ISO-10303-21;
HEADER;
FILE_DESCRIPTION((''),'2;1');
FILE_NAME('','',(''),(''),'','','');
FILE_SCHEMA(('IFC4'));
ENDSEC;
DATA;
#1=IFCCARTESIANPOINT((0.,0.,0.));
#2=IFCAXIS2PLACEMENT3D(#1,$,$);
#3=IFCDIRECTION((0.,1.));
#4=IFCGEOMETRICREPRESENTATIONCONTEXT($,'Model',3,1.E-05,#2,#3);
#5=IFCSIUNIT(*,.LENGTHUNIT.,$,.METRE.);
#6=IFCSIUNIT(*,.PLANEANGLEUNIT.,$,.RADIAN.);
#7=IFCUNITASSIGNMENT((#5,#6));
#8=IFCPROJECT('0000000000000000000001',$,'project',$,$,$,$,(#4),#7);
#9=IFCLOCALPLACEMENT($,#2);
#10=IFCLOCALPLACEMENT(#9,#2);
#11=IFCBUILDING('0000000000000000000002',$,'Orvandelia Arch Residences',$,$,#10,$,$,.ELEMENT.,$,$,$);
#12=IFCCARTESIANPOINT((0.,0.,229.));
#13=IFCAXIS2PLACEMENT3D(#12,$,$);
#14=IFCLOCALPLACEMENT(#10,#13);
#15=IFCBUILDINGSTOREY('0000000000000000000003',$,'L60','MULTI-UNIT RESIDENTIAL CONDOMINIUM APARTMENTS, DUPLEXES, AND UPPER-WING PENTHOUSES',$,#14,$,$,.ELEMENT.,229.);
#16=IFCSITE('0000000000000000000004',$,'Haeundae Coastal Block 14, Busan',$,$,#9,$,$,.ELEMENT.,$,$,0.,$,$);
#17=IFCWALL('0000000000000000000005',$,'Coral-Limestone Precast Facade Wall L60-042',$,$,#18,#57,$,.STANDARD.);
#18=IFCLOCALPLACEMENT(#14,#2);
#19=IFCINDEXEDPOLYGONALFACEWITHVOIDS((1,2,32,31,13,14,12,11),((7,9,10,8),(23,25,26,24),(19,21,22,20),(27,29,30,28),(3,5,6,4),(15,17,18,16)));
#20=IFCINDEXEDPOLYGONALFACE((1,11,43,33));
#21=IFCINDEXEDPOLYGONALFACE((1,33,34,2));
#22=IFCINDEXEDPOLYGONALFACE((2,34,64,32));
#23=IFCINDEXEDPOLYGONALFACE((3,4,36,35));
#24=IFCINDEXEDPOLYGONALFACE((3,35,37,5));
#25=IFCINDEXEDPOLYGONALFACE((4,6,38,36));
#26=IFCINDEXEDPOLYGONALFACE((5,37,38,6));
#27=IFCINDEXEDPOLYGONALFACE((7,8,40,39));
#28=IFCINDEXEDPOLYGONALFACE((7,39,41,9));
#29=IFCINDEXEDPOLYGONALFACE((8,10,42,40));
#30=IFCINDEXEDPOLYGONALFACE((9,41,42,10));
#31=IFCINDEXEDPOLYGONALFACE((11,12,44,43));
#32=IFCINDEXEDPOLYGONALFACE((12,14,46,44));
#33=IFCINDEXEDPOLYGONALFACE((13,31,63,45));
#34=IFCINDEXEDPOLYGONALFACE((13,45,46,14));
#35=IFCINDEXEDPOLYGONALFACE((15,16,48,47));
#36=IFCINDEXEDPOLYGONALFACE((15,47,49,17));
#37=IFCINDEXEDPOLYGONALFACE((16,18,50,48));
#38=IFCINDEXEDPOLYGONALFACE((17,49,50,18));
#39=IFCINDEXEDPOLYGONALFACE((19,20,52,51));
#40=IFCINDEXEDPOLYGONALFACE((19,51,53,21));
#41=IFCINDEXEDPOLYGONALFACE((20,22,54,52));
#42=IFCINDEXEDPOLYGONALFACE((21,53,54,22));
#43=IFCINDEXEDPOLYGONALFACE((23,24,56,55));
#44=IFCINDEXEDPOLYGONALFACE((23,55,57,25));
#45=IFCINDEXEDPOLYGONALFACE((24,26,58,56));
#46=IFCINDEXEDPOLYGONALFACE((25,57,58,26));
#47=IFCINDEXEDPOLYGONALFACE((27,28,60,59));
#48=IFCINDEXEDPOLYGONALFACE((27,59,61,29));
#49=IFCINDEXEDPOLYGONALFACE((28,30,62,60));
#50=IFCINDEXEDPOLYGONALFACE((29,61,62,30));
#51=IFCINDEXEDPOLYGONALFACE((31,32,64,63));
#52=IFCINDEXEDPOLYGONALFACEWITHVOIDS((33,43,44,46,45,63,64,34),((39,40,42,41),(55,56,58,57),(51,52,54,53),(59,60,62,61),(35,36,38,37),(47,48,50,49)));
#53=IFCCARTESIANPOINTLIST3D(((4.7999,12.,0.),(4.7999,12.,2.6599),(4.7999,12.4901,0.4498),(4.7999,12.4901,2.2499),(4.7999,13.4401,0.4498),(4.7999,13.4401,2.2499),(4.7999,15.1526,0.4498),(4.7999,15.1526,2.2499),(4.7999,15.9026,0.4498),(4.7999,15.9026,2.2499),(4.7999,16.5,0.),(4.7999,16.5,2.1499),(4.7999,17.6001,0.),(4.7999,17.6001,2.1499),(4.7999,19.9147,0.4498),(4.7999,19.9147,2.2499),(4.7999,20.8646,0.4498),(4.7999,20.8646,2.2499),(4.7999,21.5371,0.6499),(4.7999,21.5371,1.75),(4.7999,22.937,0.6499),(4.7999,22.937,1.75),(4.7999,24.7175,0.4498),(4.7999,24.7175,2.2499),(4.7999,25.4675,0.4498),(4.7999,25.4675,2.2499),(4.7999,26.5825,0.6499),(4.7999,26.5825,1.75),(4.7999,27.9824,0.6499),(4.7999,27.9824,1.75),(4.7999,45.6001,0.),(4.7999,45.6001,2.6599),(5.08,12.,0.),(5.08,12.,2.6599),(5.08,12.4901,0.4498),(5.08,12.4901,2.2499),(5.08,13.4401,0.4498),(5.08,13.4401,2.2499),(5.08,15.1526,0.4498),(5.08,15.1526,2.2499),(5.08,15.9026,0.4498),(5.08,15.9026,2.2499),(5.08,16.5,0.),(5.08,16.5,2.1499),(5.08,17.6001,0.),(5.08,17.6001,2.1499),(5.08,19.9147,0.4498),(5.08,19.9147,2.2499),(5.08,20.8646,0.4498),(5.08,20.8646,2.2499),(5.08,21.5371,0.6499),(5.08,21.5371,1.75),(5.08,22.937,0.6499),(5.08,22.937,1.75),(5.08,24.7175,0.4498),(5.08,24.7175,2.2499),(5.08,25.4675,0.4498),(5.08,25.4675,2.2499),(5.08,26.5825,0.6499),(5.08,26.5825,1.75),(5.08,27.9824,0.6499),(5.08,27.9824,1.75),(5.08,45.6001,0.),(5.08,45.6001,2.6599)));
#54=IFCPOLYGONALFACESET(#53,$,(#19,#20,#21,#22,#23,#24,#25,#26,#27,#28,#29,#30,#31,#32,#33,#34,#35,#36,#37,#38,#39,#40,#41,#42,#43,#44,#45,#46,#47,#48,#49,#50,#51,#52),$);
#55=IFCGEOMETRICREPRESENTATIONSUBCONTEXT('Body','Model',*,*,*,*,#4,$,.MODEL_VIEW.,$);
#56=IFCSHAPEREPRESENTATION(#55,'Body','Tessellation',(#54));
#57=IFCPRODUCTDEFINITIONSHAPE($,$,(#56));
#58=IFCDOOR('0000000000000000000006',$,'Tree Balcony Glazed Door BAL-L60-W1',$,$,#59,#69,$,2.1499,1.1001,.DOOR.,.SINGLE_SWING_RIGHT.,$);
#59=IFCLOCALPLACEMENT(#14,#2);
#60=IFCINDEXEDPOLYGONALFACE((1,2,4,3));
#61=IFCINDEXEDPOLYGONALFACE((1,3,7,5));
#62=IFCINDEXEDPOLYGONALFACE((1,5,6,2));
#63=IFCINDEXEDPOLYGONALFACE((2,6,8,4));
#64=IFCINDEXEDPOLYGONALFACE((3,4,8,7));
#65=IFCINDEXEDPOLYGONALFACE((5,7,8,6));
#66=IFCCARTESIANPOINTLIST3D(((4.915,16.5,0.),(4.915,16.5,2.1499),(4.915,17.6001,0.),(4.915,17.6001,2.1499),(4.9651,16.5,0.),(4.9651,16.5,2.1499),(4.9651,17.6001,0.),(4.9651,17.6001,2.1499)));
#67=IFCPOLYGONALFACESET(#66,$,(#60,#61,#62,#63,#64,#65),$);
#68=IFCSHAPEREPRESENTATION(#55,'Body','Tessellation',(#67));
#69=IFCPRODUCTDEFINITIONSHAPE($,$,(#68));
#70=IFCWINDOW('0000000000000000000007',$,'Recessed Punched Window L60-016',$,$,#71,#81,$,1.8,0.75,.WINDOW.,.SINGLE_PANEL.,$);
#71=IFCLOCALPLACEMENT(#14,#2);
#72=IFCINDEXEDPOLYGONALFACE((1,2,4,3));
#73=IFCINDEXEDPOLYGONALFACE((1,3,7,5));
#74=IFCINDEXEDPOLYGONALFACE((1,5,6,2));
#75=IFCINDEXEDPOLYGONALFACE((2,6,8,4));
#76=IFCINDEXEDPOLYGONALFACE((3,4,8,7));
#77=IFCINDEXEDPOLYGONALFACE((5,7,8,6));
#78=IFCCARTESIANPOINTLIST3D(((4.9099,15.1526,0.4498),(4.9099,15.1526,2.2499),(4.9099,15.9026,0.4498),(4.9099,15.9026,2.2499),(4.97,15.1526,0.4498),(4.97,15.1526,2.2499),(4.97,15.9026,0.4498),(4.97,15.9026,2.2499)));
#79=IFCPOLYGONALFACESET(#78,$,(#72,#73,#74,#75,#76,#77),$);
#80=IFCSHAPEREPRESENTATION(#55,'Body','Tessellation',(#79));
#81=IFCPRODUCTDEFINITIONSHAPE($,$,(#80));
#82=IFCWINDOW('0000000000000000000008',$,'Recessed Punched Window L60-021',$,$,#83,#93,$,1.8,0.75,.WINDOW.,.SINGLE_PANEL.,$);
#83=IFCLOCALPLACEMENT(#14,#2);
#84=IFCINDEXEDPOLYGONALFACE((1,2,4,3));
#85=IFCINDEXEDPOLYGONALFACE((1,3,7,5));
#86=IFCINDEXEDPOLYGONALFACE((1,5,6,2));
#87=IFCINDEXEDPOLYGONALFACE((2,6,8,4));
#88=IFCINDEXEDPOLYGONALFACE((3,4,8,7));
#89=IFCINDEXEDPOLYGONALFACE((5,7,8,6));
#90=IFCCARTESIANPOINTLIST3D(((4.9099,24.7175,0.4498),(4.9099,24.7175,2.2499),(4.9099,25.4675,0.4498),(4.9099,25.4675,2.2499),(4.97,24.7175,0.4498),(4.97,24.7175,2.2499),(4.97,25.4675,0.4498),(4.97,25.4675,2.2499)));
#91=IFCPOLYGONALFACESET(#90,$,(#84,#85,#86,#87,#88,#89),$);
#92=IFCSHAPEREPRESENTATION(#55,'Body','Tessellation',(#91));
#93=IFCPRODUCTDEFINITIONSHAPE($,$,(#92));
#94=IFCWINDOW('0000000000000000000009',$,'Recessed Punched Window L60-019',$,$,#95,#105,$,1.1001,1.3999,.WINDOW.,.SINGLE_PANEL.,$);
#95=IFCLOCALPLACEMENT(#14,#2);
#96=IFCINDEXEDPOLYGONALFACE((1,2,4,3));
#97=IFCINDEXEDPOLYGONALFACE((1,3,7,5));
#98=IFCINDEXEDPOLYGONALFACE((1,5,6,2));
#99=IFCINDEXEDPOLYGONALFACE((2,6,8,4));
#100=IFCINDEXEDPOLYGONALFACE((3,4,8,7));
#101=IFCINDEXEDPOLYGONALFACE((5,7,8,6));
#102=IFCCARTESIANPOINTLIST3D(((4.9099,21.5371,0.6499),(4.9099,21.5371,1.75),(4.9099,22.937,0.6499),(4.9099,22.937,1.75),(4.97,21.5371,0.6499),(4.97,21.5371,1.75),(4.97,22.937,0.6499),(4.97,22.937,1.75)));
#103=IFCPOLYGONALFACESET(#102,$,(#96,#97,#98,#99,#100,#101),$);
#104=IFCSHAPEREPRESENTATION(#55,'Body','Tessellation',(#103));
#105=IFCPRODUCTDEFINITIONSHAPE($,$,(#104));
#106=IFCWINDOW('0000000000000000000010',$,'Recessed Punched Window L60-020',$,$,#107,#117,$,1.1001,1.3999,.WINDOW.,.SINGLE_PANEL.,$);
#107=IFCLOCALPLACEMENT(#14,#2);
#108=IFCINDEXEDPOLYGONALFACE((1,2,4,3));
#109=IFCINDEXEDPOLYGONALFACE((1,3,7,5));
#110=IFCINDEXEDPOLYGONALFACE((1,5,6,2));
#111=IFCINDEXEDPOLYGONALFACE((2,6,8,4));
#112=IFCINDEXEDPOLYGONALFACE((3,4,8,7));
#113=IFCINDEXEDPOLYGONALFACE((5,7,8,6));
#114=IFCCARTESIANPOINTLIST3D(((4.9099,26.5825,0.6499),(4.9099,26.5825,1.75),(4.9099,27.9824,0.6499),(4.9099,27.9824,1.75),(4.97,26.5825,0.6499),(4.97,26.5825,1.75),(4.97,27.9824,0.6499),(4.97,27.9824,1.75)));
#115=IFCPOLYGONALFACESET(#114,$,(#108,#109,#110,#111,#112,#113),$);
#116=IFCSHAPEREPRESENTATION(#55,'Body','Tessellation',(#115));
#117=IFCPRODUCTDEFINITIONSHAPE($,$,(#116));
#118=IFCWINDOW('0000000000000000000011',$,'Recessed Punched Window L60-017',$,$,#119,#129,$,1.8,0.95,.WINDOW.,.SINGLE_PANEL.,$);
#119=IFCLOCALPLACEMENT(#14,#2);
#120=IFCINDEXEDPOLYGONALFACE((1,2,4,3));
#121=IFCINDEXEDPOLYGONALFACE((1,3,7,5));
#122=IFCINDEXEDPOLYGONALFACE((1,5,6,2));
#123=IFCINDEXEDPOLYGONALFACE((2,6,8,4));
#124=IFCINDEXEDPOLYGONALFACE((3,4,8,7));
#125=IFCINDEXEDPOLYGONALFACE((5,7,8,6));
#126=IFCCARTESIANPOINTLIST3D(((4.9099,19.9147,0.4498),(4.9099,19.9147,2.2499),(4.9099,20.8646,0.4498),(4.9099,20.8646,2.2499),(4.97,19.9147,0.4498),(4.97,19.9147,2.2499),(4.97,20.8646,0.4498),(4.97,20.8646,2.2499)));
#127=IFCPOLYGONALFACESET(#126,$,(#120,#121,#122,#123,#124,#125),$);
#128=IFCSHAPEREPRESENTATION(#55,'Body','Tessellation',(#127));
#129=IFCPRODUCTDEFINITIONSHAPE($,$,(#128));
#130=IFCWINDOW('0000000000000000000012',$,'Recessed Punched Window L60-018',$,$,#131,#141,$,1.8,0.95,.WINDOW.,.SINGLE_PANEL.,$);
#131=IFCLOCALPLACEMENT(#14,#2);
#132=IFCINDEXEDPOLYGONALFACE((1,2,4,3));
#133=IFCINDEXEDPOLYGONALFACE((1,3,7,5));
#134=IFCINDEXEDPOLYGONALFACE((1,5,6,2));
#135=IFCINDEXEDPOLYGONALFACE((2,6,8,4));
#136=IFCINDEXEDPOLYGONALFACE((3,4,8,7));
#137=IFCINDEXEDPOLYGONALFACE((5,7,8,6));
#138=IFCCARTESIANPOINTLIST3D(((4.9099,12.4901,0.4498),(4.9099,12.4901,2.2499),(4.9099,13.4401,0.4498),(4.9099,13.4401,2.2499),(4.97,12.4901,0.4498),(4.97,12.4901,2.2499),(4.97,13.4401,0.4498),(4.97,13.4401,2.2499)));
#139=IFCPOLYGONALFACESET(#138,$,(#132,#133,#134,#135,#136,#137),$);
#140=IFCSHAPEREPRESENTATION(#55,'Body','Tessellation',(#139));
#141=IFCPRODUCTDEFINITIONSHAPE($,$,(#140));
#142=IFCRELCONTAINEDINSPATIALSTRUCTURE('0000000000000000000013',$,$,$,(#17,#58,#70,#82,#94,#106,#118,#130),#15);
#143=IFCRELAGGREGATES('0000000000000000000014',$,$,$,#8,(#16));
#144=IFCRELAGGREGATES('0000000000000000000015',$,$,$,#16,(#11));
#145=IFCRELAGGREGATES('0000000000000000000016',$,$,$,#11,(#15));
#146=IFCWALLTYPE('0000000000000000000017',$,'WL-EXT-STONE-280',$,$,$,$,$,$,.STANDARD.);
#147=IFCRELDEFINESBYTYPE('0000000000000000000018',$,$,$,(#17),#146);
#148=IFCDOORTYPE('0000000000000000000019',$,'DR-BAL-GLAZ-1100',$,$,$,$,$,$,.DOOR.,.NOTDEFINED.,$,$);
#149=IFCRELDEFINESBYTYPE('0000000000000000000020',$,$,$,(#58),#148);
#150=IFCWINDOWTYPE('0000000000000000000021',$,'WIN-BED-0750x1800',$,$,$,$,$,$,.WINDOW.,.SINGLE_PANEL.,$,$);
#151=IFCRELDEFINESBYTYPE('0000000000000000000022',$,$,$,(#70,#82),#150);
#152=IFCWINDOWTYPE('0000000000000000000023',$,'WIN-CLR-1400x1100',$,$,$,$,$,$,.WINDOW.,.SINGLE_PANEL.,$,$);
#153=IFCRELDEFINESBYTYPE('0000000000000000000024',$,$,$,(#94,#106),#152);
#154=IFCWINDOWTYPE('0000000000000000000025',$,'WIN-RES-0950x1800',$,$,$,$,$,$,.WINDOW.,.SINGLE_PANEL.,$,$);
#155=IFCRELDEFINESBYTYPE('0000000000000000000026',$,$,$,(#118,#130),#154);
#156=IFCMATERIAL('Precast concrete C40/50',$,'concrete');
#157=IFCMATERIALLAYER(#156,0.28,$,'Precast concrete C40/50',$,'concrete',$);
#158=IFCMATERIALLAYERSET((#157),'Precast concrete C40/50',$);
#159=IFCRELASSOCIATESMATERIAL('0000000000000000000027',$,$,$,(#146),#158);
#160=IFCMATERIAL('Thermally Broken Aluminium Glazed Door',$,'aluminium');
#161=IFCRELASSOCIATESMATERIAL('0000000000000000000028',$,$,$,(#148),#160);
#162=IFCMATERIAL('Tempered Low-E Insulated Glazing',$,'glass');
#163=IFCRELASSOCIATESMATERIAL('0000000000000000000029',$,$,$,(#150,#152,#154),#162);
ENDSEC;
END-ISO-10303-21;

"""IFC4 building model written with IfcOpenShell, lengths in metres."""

from ifc_helpers import new_model, si_unit, direction, frame, frame_2d, origin, place, context, subcontext, project, spatial, rectangle, extrude, material, layer, layer_set, type_object, element, fill, save


model = new_model("IFC4")

# Units and contexts
model_context = context("Model", 3, precision=1e-05, world=origin(), true_north=direction((0.0, 1.0)))
body_context = subcontext(model_context, "Body", "Model", "MODEL_VIEW")
ifc_project = project(units=[si_unit("LENGTHUNIT", "METRE"), si_unit("PLANEANGLEUNIT", "RADIAN")], contexts=[model_context])

# Site, building, storey
site_placement = place(None, origin())
site = spatial("IfcSite", under=ifc_project, at=site_placement, Name="Haeundae Coastal Block 14, Busan", CompositionType="ELEMENT", RefElevation=0.0)
building_placement = place(site_placement, origin())
building = spatial("IfcBuilding", under=site, at=building_placement, Name="Orvandelia Arch Residences", CompositionType="ELEMENT")
storey_placement = place(building_placement, frame((0.0, 0.0, 229.0)))
storey = spatial("IfcBuildingStorey", under=building, at=storey_placement, Name="L60", Description="MULTI-UNIT RESIDENTIAL CONDOMINIUM APARTMENTS, DUPLEXES, AND UPPER-WING PENTHOUSES", CompositionType="ELEMENT", Elevation=229.0)

# Shared definitions
ifc_material_1 = material(Name="Precast concrete C40/50", Category="concrete")

# Shared definitions
ifc_layer_1 = layer(ifc_material_1, 0.28, Name="Precast concrete C40/50", Category="concrete")
ifc_layer_set_1 = layer_set([ifc_layer_1], Name="Precast concrete C40/50")
wall_type_1 = type_object("IfcWallType", Name="WL-EXT-STONE-280", PredefinedType="STANDARD", material=ifc_layer_set_1)

# Wall, openings, door, windows
wall_1_placement = place(storey_placement, frame((4.9399, 12.0, 0.0), z_axis=(0.0, 0.0, 1.0), x_axis=(0.0, 1.0, 0.0)))
wall_1 = element("IfcWall", 1, at=wall_1_placement, inside=storey, type_object=wall_type_1, Name="Coral-Limestone Precast Facade Wall L60-042", PredefinedType="STANDARD", context=body_context, shape_type="SweptSolid", body=[
    extrude(rectangle(XDim=33.6001, YDim=0.28, at=frame_2d((16.8, 0.0))), origin(), (0.0, 0.0, 1.0), 2.6599),
])
opening_1_placement = place(wall_1_placement, frame((4.5, 0.0, 0.0)))
opening_1 = element("IfcOpeningElement", 2, at=opening_1_placement, cuts=wall_1, PredefinedType="OPENING", context=body_context, shape_type="SweptSolid", body=[
    extrude(rectangle(XDim=1.1001, YDim=2.1499, at=frame_2d((0.55, 1.075))), frame((0.0, 0.1499, 0.0), z_axis=(0.0, -1.0, 0.0), x_axis=(1.0, 0.0, 0.0)), (0.0, 0.0, 1.0), 0.3),
])
opening_2_placement = place(wall_1_placement, frame((3.1526, 0.0, 0.45)))
opening_2 = element("IfcOpeningElement", 3, at=opening_2_placement, cuts=wall_1, PredefinedType="OPENING", context=body_context, shape_type="SweptSolid", body=[
    extrude(rectangle(XDim=0.75, YDim=1.8, at=frame_2d((0.375, 0.8999))), frame((0.0, 0.1499, 0.0), z_axis=(0.0, -1.0, 0.0), x_axis=(1.0, 0.0, 0.0)), (0.0, 0.0, 1.0), 0.3),
])
opening_3_placement = place(wall_1_placement, frame((7.9146, 0.0, 0.45)))
opening_3 = element("IfcOpeningElement", 4, at=opening_3_placement, cuts=wall_1, PredefinedType="OPENING", context=body_context, shape_type="SweptSolid", body=[
    extrude(rectangle(XDim=0.95, YDim=1.8, at=frame_2d((0.4751, 0.8999))), frame((0.0, 0.1499, 0.0), z_axis=(0.0, -1.0, 0.0), x_axis=(1.0, 0.0, 0.0)), (0.0, 0.0, 1.0), 0.3),
])
opening_4_placement = place(wall_1_placement, frame((0.49, 0.0, 0.45)))
opening_4 = element("IfcOpeningElement", 5, at=opening_4_placement, cuts=wall_1, PredefinedType="OPENING", context=body_context, shape_type="SweptSolid", body=[
    extrude(rectangle(XDim=0.95, YDim=1.8, at=frame_2d((0.4751, 0.8999))), frame((0.0, 0.1499, 0.0), z_axis=(0.0, -1.0, 0.0), x_axis=(1.0, 0.0, 0.0)), (0.0, 0.0, 1.0), 0.3),
])
opening_5_placement = place(wall_1_placement, frame((9.5371, 0.0, 0.6499)))
opening_5 = element("IfcOpeningElement", 6, at=opening_5_placement, cuts=wall_1, PredefinedType="OPENING", context=body_context, shape_type="SweptSolid", body=[
    extrude(rectangle(XDim=1.3999, YDim=1.1001, at=frame_2d((0.7, 0.55))), frame((0.0, 0.1499, 0.0), z_axis=(0.0, -1.0, 0.0), x_axis=(1.0, 0.0, 0.0)), (0.0, 0.0, 1.0), 0.3),
])
opening_6_placement = place(wall_1_placement, frame((14.5825, 0.0, 0.6499)))
opening_6 = element("IfcOpeningElement", 7, at=opening_6_placement, cuts=wall_1, PredefinedType="OPENING", context=body_context, shape_type="SweptSolid", body=[
    extrude(rectangle(XDim=1.3999, YDim=1.1001, at=frame_2d((0.7, 0.55))), frame((0.0, 0.1499, 0.0), z_axis=(0.0, -1.0, 0.0), x_axis=(1.0, 0.0, 0.0)), (0.0, 0.0, 1.0), 0.3),
])
opening_7_placement = place(wall_1_placement, frame((12.7175, 0.0, 0.45)))
opening_7 = element("IfcOpeningElement", 8, at=opening_7_placement, cuts=wall_1, PredefinedType="OPENING", context=body_context, shape_type="SweptSolid", body=[
    extrude(rectangle(XDim=0.75, YDim=1.8, at=frame_2d((0.375, 0.8999))), frame((0.0, 0.1499, 0.0), z_axis=(0.0, -1.0, 0.0), x_axis=(1.0, 0.0, 0.0)), (0.0, 0.0, 1.0), 0.3),
])
ifc_material_2 = material(Name="Thermally Broken Aluminium Glazed Door", Category="aluminium")
door_type_1 = type_object("IfcDoorType", Name="DR-BAL-GLAZ-1100", OperationType="NOTDEFINED", PredefinedType="DOOR", material=ifc_material_2)
door_1_placement = place(opening_1_placement, origin())
door_1 = element("IfcDoor", 9, at=door_1_placement, inside=storey, type_object=door_type_1, Name="Tree Balcony Glazed Door BAL-L60-W1", OperationType="SINGLE_SWING_RIGHT", OverallHeight=2.1499, OverallWidth=1.1001, PredefinedType="DOOR", context=body_context, shape_type="SweptSolid", body=[
    extrude(rectangle(XDim=1.1001, YDim=2.1499, at=frame_2d((0.55, 1.075))), frame((0.0, 0.0249, 0.0), z_axis=(0.0, -1.0, 0.0), x_axis=(1.0, 0.0, 0.0)), (0.0, 0.0, 1.0), 0.05),
])
fill(opening_1, door_1)
ifc_material_3 = material(Name="Tempered Low-E Insulated Glazing", Category="glass")
window_type_1 = type_object("IfcWindowType", Name="WIN-BED-0750x1800", PartitioningType="SINGLE_PANEL", PredefinedType="WINDOW", material=ifc_material_3)
window_1_placement = place(opening_2_placement, origin())
window_1 = element("IfcWindow", 10, at=window_1_placement, inside=storey, type_object=window_type_1, Name="Recessed Punched Window L60-016", OverallHeight=1.8, OverallWidth=0.75, PartitioningType="SINGLE_PANEL", PredefinedType="WINDOW", context=body_context, shape_type="SweptSolid", body=[
    extrude(rectangle(XDim=0.75, YDim=1.8, at=frame_2d((0.375, 0.8999))), frame((0.0, 0.03, 0.0), z_axis=(0.0, -1.0, 0.0), x_axis=(1.0, 0.0, 0.0)), (0.0, 0.0, 1.0), 0.0601),
])
fill(opening_2, window_1)
window_2_placement = place(opening_7_placement, origin())
window_2 = element("IfcWindow", 11, at=window_2_placement, inside=storey, type_object=window_type_1, Name="Recessed Punched Window L60-021", OverallHeight=1.8, OverallWidth=0.75, PartitioningType="SINGLE_PANEL", PredefinedType="WINDOW", context=body_context, shape_type="SweptSolid", body=[
    extrude(rectangle(XDim=0.75, YDim=1.8, at=frame_2d((0.375, 0.8999))), frame((0.0, 0.03, 0.0), z_axis=(0.0, -1.0, 0.0), x_axis=(1.0, 0.0, 0.0)), (0.0, 0.0, 1.0), 0.0601),
])
fill(opening_7, window_2)
window_type_2 = type_object("IfcWindowType", Name="WIN-CLR-1400x1100", PartitioningType="SINGLE_PANEL", PredefinedType="WINDOW", material=ifc_material_3)
window_3_placement = place(opening_5_placement, origin())
window_3 = element("IfcWindow", 12, at=window_3_placement, inside=storey, type_object=window_type_2, Name="Recessed Punched Window L60-019", OverallHeight=1.1001, OverallWidth=1.3999, PartitioningType="SINGLE_PANEL", PredefinedType="WINDOW", context=body_context, shape_type="SweptSolid", body=[
    extrude(rectangle(XDim=1.3999, YDim=1.1001, at=frame_2d((0.7, 0.55))), frame((0.0, 0.03, 0.0), z_axis=(0.0, -1.0, 0.0), x_axis=(1.0, 0.0, 0.0)), (0.0, 0.0, 1.0), 0.0601),
])
fill(opening_5, window_3)
window_4_placement = place(opening_6_placement, origin())
window_4 = element("IfcWindow", 13, at=window_4_placement, inside=storey, type_object=window_type_2, Name="Recessed Punched Window L60-020", OverallHeight=1.1001, OverallWidth=1.3999, PartitioningType="SINGLE_PANEL", PredefinedType="WINDOW", context=body_context, shape_type="SweptSolid", body=[
    extrude(rectangle(XDim=1.3999, YDim=1.1001, at=frame_2d((0.7, 0.55))), frame((0.0, 0.03, 0.0), z_axis=(0.0, -1.0, 0.0), x_axis=(1.0, 0.0, 0.0)), (0.0, 0.0, 1.0), 0.0601),
])
fill(opening_6, window_4)
window_type_3 = type_object("IfcWindowType", Name="WIN-RES-0950x1800", PartitioningType="SINGLE_PANEL", PredefinedType="WINDOW", material=ifc_material_3)
window_5_placement = place(opening_3_placement, origin())
window_5 = element("IfcWindow", 14, at=window_5_placement, inside=storey, type_object=window_type_3, Name="Recessed Punched Window L60-017", OverallHeight=1.8, OverallWidth=0.95, PartitioningType="SINGLE_PANEL", PredefinedType="WINDOW", context=body_context, shape_type="SweptSolid", body=[
    extrude(rectangle(XDim=0.95, YDim=1.8, at=frame_2d((0.4751, 0.8999))), frame((0.0, 0.03, 0.0), z_axis=(0.0, -1.0, 0.0), x_axis=(1.0, 0.0, 0.0)), (0.0, 0.0, 1.0), 0.0601),
])
fill(opening_3, window_5)
window_6_placement = place(opening_4_placement, origin())
window_6 = element("IfcWindow", 15, at=window_6_placement, inside=storey, type_object=window_type_3, Name="Recessed Punched Window L60-018", OverallHeight=1.8, OverallWidth=0.95, PartitioningType="SINGLE_PANEL", PredefinedType="WINDOW", context=body_context, shape_type="SweptSolid", body=[
    extrude(rectangle(XDim=0.95, YDim=1.8, at=frame_2d((0.4751, 0.8999))), frame((0.0, 0.03, 0.0), z_axis=(0.0, -1.0, 0.0), x_axis=(1.0, 0.0, 0.0)), (0.0, 0.0, 1.0), 0.0601),
])
fill(opening_4, window_6)

save(model, "model.ifc")
